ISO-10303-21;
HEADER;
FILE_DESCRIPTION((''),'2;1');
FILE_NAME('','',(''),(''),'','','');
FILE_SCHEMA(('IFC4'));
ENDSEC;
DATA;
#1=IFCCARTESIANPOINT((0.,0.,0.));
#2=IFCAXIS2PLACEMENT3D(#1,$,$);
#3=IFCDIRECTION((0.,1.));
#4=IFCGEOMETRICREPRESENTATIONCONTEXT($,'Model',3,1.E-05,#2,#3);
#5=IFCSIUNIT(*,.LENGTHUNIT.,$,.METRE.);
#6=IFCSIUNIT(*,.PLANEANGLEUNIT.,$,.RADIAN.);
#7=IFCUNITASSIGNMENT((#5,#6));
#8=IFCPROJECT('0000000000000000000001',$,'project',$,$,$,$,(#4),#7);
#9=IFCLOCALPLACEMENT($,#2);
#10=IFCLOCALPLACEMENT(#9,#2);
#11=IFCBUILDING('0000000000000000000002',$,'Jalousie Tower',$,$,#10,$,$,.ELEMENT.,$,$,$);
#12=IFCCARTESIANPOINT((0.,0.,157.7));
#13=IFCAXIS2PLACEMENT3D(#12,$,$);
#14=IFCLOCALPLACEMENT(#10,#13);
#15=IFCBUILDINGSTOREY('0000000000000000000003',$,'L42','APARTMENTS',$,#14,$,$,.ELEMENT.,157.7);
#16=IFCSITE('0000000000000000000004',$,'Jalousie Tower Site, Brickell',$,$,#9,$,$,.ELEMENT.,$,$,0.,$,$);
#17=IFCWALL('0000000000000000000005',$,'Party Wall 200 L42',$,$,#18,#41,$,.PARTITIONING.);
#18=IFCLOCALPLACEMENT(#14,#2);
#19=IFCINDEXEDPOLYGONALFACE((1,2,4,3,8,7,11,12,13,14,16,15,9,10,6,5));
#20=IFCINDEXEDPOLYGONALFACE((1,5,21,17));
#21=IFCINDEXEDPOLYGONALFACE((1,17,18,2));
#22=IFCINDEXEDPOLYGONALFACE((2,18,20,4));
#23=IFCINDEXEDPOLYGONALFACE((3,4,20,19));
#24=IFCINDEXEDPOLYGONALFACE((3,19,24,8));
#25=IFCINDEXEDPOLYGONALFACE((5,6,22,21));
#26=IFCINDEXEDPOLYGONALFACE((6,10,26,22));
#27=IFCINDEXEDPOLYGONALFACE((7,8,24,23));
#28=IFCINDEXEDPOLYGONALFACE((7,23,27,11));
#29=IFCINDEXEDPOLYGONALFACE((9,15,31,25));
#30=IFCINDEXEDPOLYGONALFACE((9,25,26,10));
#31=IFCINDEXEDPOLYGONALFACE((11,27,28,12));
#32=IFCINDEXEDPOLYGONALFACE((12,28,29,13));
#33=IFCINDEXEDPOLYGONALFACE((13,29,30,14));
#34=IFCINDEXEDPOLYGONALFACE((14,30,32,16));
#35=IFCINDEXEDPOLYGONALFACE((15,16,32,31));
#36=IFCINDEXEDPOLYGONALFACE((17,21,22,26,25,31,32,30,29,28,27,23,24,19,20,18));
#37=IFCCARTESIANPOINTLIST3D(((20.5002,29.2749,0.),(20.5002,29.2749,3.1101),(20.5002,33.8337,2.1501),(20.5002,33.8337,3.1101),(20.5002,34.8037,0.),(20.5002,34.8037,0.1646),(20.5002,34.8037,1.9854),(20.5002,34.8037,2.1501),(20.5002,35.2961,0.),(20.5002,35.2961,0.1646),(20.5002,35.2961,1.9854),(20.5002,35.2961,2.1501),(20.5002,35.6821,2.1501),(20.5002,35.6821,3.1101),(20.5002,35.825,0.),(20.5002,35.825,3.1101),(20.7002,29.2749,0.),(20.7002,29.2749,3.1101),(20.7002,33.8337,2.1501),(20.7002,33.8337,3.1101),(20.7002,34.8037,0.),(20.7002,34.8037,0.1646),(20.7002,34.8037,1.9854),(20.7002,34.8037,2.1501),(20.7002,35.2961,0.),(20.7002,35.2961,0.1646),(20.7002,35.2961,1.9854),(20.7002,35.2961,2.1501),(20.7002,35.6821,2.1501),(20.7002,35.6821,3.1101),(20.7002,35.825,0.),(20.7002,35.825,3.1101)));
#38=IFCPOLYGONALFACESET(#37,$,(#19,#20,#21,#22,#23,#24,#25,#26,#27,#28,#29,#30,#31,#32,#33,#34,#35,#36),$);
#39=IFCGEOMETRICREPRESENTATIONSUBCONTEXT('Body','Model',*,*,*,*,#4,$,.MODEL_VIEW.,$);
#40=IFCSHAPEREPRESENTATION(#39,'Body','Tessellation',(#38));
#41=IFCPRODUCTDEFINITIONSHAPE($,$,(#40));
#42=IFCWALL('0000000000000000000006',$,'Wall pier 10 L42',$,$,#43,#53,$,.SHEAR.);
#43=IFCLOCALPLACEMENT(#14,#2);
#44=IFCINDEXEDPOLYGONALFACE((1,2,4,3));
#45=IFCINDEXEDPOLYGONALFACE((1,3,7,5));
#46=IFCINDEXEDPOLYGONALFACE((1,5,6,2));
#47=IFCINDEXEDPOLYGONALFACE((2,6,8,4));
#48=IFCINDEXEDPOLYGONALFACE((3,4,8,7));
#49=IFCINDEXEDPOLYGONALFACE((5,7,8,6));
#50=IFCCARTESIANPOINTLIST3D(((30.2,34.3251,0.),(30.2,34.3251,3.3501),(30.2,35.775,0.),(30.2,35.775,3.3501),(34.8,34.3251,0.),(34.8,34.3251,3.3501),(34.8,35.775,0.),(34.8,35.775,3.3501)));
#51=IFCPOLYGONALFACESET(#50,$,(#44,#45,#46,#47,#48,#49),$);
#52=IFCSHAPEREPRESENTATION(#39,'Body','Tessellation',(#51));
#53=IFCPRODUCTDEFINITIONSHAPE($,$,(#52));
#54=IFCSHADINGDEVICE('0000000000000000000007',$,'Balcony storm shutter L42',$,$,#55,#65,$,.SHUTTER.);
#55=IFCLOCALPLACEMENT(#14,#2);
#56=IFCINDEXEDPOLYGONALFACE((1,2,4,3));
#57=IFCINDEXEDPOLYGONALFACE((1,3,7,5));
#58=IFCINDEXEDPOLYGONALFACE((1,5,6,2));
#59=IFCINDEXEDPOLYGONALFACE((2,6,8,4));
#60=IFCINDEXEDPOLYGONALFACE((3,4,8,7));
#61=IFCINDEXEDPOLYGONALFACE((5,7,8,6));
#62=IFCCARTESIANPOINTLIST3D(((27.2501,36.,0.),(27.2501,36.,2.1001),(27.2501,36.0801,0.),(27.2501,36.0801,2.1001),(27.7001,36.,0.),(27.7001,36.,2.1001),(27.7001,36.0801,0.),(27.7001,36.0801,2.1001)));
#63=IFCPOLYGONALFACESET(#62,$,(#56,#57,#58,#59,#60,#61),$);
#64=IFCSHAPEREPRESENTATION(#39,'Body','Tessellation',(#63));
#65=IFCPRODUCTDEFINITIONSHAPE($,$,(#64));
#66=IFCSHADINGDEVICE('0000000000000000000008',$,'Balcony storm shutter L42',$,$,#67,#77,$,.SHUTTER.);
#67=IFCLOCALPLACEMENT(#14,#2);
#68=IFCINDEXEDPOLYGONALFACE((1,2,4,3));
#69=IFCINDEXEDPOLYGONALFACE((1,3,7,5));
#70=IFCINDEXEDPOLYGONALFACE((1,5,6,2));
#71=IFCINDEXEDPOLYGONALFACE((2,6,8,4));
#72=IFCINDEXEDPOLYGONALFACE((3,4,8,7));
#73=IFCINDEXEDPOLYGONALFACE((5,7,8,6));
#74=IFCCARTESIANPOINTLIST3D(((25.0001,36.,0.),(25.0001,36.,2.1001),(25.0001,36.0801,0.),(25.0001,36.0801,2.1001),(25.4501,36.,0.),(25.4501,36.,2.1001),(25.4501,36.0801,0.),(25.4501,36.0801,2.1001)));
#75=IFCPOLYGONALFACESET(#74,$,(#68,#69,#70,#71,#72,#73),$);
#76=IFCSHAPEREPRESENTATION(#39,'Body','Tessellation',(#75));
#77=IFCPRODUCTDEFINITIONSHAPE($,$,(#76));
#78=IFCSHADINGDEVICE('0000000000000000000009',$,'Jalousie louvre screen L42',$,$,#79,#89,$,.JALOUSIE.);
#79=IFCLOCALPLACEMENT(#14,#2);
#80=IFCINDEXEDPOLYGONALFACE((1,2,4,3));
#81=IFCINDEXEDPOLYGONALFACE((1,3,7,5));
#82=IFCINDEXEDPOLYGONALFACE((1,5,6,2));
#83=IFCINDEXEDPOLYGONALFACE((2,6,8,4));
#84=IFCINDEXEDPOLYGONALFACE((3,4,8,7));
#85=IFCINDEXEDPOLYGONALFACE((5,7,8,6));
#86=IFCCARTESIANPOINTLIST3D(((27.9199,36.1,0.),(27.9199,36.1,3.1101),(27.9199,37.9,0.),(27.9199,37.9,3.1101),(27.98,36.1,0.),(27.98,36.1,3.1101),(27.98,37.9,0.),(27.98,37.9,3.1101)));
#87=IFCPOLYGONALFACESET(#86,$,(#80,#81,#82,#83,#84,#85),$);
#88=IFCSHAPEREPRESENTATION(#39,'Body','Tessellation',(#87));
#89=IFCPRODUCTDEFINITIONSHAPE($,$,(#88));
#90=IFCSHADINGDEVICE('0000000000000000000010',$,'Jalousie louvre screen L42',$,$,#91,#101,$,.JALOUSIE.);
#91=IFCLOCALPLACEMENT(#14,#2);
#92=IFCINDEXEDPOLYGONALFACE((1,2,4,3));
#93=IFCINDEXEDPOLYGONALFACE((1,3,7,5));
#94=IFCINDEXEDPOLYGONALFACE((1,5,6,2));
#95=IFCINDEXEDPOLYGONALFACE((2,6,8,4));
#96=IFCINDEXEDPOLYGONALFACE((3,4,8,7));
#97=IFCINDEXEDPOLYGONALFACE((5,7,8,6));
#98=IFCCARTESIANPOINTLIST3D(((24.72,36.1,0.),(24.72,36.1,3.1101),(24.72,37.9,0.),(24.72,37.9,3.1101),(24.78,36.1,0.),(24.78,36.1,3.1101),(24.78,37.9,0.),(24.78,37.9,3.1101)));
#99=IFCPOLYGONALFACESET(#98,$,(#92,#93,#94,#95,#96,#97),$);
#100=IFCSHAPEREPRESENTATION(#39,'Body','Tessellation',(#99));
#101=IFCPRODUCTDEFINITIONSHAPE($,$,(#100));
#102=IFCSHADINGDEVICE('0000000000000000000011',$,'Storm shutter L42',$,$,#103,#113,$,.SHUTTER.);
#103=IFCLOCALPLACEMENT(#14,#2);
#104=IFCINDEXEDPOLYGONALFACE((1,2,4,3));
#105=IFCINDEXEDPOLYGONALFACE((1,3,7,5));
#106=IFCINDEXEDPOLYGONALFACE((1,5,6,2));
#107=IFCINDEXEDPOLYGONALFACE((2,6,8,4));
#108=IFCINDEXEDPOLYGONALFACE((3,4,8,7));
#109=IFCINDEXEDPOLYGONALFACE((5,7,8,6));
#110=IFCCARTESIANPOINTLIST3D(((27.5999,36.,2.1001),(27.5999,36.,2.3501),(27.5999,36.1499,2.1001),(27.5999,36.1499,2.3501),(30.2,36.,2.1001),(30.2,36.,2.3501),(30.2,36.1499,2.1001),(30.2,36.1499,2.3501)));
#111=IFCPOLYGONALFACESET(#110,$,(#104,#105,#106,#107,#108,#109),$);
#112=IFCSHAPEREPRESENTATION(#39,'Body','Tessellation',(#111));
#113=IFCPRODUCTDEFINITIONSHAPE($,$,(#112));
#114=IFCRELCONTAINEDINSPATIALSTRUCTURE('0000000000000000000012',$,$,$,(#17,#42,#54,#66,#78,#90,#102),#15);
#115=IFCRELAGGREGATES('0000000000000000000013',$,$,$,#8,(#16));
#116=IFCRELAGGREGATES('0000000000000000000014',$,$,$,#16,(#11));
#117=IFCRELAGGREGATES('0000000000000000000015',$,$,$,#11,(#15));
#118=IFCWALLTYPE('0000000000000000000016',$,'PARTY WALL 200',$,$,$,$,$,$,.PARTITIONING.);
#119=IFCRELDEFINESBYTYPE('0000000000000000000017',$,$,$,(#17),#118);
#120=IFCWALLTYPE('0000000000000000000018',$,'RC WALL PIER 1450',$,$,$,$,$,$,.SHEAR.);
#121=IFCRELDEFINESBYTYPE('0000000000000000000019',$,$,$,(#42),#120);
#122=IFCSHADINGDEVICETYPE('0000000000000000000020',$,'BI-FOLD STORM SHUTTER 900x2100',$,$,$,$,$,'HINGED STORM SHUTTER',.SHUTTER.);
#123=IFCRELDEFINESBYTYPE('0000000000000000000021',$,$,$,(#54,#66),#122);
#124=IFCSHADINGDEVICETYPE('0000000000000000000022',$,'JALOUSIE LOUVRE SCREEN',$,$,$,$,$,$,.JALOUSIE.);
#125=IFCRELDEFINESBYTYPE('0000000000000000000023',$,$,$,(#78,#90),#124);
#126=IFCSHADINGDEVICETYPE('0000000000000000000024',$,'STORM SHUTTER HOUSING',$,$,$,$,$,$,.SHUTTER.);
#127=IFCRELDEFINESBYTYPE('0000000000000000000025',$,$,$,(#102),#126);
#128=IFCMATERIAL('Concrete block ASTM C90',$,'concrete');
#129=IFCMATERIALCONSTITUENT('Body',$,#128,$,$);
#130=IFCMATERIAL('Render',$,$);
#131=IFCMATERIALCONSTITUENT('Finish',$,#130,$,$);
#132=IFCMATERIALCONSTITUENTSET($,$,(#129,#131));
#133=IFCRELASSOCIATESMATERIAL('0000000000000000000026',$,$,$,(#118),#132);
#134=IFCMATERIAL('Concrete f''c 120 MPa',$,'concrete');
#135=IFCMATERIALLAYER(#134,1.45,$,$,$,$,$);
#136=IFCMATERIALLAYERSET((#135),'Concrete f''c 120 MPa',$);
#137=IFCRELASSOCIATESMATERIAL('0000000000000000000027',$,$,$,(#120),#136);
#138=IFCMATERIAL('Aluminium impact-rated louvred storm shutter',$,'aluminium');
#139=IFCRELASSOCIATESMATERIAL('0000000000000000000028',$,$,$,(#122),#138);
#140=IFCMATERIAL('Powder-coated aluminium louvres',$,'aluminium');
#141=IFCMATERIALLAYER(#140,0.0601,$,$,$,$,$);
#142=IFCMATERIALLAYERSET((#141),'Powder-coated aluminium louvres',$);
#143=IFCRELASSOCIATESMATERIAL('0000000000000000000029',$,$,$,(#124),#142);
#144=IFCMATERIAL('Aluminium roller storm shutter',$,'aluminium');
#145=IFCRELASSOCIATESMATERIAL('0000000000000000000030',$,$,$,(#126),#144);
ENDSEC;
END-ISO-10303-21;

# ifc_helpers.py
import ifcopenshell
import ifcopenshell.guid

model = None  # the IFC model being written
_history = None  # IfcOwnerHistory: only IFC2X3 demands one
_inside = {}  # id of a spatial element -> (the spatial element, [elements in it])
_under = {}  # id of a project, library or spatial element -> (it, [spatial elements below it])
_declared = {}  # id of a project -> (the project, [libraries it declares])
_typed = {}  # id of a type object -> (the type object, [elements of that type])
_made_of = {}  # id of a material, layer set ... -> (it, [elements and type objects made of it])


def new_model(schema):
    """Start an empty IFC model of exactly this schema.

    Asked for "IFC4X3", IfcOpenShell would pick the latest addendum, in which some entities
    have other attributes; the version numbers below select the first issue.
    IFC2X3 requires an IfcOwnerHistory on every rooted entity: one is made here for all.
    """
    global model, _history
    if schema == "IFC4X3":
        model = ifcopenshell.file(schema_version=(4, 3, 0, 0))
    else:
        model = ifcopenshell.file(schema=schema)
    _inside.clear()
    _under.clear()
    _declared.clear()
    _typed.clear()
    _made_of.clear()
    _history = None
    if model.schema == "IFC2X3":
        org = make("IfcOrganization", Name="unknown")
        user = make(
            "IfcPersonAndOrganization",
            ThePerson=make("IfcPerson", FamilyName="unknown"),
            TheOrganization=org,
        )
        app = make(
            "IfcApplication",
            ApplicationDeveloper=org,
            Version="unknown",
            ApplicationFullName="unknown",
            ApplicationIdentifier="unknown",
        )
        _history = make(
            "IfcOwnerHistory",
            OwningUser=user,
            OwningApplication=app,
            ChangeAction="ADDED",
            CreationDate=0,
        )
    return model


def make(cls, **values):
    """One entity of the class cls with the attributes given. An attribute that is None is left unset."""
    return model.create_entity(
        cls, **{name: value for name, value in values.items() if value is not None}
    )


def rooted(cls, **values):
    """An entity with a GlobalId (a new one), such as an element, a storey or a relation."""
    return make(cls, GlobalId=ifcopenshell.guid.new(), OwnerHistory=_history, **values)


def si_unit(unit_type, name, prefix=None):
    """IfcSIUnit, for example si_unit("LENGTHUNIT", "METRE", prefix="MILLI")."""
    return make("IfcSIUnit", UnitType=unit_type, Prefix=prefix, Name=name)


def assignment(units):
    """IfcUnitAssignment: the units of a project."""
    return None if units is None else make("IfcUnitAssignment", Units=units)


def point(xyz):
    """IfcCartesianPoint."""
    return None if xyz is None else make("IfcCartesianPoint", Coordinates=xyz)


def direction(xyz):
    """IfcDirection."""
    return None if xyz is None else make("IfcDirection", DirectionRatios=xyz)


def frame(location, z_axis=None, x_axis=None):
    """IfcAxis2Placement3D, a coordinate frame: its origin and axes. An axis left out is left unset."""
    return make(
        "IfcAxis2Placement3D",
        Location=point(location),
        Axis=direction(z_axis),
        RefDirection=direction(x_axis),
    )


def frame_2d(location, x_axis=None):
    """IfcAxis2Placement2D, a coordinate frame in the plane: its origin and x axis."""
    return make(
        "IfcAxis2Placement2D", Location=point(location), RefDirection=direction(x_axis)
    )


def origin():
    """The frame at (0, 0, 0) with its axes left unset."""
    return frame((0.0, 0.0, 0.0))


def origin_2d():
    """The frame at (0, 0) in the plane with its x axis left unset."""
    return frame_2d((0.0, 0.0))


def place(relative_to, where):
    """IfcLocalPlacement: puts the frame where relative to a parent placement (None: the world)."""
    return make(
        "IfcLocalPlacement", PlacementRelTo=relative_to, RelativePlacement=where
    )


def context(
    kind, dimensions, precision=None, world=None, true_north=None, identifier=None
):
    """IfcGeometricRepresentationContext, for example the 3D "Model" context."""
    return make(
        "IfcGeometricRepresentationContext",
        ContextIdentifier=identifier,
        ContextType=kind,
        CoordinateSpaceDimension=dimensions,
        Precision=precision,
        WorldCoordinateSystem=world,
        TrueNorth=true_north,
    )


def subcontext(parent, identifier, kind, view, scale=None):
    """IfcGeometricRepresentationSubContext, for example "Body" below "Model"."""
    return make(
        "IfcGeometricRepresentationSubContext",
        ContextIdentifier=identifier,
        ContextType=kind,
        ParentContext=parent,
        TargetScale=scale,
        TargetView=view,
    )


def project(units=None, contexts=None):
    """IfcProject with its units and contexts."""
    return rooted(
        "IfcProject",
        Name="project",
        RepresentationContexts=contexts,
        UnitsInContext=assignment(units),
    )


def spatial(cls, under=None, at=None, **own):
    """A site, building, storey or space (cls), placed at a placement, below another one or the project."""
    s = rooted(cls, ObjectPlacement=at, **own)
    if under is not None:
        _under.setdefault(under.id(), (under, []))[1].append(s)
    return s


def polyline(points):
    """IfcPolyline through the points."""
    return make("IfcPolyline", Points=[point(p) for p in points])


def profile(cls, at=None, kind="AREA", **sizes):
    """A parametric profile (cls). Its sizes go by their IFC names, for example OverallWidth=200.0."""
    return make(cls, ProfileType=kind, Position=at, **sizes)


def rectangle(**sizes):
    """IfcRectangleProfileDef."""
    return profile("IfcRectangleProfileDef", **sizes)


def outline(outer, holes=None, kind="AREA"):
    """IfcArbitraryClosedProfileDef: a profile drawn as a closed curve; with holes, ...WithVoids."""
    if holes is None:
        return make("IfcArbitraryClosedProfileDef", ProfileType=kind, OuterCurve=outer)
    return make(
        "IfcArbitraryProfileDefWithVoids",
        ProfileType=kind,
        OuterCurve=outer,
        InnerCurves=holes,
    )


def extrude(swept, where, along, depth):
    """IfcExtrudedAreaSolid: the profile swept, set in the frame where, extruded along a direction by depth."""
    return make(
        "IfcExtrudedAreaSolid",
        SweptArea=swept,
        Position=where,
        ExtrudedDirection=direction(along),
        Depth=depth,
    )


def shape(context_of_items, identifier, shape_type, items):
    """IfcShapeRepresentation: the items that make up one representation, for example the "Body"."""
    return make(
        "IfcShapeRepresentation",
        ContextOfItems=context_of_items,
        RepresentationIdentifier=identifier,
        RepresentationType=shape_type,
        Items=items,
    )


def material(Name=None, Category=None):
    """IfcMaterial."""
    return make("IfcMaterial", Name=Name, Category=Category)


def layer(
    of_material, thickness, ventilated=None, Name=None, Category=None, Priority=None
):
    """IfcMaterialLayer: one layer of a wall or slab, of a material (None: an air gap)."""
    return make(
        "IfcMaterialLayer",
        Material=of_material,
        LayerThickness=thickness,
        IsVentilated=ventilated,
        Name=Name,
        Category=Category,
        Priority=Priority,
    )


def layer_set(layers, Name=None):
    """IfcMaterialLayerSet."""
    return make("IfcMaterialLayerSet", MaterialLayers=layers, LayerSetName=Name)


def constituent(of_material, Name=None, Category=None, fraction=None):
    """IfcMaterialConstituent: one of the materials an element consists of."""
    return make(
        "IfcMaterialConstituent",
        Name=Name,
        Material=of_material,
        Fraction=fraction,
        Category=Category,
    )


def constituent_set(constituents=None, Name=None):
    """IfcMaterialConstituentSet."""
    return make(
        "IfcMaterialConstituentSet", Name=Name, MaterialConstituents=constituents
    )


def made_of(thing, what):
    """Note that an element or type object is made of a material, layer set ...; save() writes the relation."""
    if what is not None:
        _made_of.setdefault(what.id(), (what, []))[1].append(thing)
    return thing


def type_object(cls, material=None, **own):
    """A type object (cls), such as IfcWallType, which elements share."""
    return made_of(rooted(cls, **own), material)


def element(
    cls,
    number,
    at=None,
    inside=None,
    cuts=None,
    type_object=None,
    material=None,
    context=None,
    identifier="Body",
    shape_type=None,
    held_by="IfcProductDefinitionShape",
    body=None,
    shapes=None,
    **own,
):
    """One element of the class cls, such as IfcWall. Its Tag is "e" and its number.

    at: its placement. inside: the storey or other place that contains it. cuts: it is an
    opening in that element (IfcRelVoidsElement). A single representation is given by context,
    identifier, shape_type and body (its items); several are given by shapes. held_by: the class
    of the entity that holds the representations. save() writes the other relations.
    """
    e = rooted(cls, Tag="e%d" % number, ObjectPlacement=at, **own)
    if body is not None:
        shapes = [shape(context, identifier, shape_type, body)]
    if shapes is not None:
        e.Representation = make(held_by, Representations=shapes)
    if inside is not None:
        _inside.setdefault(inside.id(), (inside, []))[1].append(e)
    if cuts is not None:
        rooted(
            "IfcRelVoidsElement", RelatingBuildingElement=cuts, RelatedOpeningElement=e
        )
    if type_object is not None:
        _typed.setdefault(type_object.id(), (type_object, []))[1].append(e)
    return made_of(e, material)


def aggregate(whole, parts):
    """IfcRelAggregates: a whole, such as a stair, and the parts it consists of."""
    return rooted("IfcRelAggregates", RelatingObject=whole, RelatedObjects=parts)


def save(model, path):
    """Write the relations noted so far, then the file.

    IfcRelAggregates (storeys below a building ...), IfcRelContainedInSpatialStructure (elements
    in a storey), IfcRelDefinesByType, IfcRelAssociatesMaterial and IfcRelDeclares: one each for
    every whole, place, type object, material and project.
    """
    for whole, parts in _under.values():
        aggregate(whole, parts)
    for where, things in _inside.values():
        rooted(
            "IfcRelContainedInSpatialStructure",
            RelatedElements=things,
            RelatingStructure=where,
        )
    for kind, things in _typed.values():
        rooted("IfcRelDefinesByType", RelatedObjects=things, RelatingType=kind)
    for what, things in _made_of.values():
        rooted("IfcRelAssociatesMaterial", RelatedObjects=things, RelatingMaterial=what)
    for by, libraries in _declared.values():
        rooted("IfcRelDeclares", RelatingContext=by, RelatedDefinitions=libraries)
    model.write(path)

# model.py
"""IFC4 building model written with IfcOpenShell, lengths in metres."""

from ifc_helpers import new_model, si_unit, direction, frame, frame_2d, origin, origin_2d, place, context, subcontext, project, spatial, polyline, rectangle, outline, extrude, material, layer, layer_set, constituent, constituent_set, type_object, element, save


model = new_model("IFC4")

# Units and contexts
model_context = context("Model", 3, precision=1e-05, world=origin(), true_north=direction((0.0, 1.0)))
body_context = subcontext(model_context, "Body", "Model", "MODEL_VIEW")
ifc_project = project(units=[si_unit("LENGTHUNIT", "METRE"), si_unit("PLANEANGLEUNIT", "RADIAN")], contexts=[model_context])

# Site, building, storey
site_placement = place(None, origin())
site = spatial("IfcSite", under=ifc_project, at=site_placement, Name="Jalousie Tower Site, Brickell", CompositionType="ELEMENT", RefElevation=0.0)
building_placement = place(site_placement, origin())
building = spatial("IfcBuilding", under=site, at=building_placement, Name="Jalousie Tower", CompositionType="ELEMENT")
storey_placement = place(building_placement, frame((0.0, 0.0, 157.7)))
storey = spatial("IfcBuildingStorey", under=building, at=storey_placement, Name="L42", Description="APARTMENTS", CompositionType="ELEMENT", Elevation=157.7)

# Walls
ifc_material_1 = material(Name="Concrete block ASTM C90", Category="concrete")
ifc_constituent_1 = constituent(ifc_material_1, Name="Body")
ifc_material_2 = material(Name="Render")
ifc_constituent_2 = constituent(ifc_material_2, Name="Finish")
ifc_constituent_set_1 = constituent_set(constituents=[ifc_constituent_1, ifc_constituent_2])
wall_type_1 = type_object("IfcWallType", Name="PARTY WALL 200", PredefinedType="PARTITIONING", material=ifc_constituent_set_1)
wall_1_placement = place(storey_placement, frame((20.6001, 35.825, 0.0), z_axis=(0.0, 0.0, 1.0), x_axis=(0.0, -1.0, 0.0)))
element("IfcWall", 1, at=wall_1_placement, inside=storey, type_object=wall_type_1, Name="Party Wall 200 L42", PredefinedType="PARTITIONING", context=body_context, shape_type="SweptSolid", body=[
    extrude(outline(polyline([(0.1428, 3.1101), (0.0, 3.1101), (0.0, 0.0), (0.5288, 0.0), (0.5288, 0.1646), (1.0212, 0.1646), (1.0212, 0.0), (6.55, 0.0), (6.55, 3.1101), (1.9912, 3.1101), (1.9912, 2.1501), (1.0212, 2.1501), (1.0212, 1.9854), (0.5288, 1.9854), (0.5288, 2.1501), (0.1428, 2.1501), (0.1428, 3.1101)])), frame((0.0, 0.1001, 0.0), z_axis=(0.0, -1.0, 0.0), x_axis=(1.0, 0.0, 0.0)), (0.0, 0.0, 1.0), 0.2),
])
ifc_material_3 = material(Name="Concrete f'c 120 MPa", Category="concrete")
ifc_layer_1 = layer(ifc_material_3, 1.45)
ifc_layer_set_1 = layer_set([ifc_layer_1], Name="Concrete f'c 120 MPa")
wall_type_2 = type_object("IfcWallType", Name="RC WALL PIER 1450", PredefinedType="SHEAR", material=ifc_layer_set_1)
wall_2_placement = place(storey_placement, frame((30.2, 35.05, 0.0), z_axis=(0.0, 0.0, 1.0), x_axis=(1.0, 0.0, 0.0)))
element("IfcWall", 2, at=wall_2_placement, inside=storey, type_object=wall_type_2, Name="Wall pier 10 L42", PredefinedType="SHEAR", context=body_context, shape_type="SweptSolid", body=[
    extrude(rectangle(XDim=4.6001, YDim=1.45, at=frame_2d((2.3, 0.0))), origin(), (0.0, 0.0, 1.0), 3.3501),
])

# Shading devices
ifc_material_4 = material(Name="Aluminium impact-rated louvred storm shutter", Category="aluminium")
shading_device_type_1 = type_object("IfcShadingDeviceType", Name="BI-FOLD STORM SHUTTER 900x2100", ElementType="HINGED STORM SHUTTER", PredefinedType="SHUTTER", material=ifc_material_4)
for number, where, z_axis, x_axis, name in (
    (3, (27.4751, 36.04, 0.0), (0.0, 0.0, 1.0), (-1.0, 0.0, 0.0), "Balcony storm shutter L42"),
    (4, (25.2251, 36.04, 0.0), (0.0, 0.0, 1.0), (-1.0, 0.0, 0.0), "Balcony storm shutter L42"),
):
    element("IfcShadingDevice", number, at=place(storey_placement, frame(where, z_axis=z_axis, x_axis=x_axis)), inside=storey, type_object=shading_device_type_1, Name=name, PredefinedType="SHUTTER", context=body_context, shape_type="SweptSolid", body=[
        extrude(rectangle(XDim=0.45, YDim=0.0801, at=origin_2d()), origin(), (0.0, 0.0, 1.0), 2.1001),
    ])

# Shading devices
ifc_material_5 = material(Name="Powder-coated aluminium louvres", Category="aluminium")
ifc_layer_2 = layer(ifc_material_5, 0.0601)
ifc_layer_set_2 = layer_set([ifc_layer_2], Name="Powder-coated aluminium louvres")
shading_device_type_2 = type_object("IfcShadingDeviceType", Name="JALOUSIE LOUVRE SCREEN", PredefinedType="JALOUSIE", material=ifc_layer_set_2)
for number, where, z_axis, x_axis, name in (
    (5, (27.95, 37.0, 0.0), (0.0, 0.0, 1.0), (-1.0, 0.0, 0.0), "Jalousie louvre screen L42"),
    (6, (24.75, 37.0, 0.0), (0.0, 0.0, 1.0), (-1.0, 0.0, 0.0), "Jalousie louvre screen L42"),
):
    element("IfcShadingDevice", number, at=place(storey_placement, frame(where, z_axis=z_axis, x_axis=x_axis)), inside=storey, type_object=shading_device_type_2, Name=name, PredefinedType="JALOUSIE", context=body_context, shape_type="SweptSolid", body=[
        extrude(rectangle(XDim=0.0601, YDim=1.8, at=origin_2d()), origin(), (0.0, 0.0, 1.0), 3.1101),
    ])
ifc_material_6 = material(Name="Aluminium roller storm shutter", Category="aluminium")
shading_device_type_3 = type_object("IfcShadingDeviceType", Name="STORM SHUTTER HOUSING", PredefinedType="SHUTTER", material=ifc_material_6)
shading_device_placement = place(storey_placement, frame((28.8999, 36.075, 2.1001), z_axis=(0.0, 0.0, 1.0), x_axis=(-1.0, 0.0, 0.0)))
element("IfcShadingDevice", 7, at=shading_device_placement, inside=storey, type_object=shading_device_type_3, Name="Storm shutter L42", PredefinedType="SHUTTER", context=body_context, shape_type="SweptSolid", body=[
    extrude(rectangle(XDim=2.6001, YDim=0.1499, at=origin_2d()), origin(), (0.0, 0.0, 1.0), 0.25),
])

save(model, "model.ifc")
